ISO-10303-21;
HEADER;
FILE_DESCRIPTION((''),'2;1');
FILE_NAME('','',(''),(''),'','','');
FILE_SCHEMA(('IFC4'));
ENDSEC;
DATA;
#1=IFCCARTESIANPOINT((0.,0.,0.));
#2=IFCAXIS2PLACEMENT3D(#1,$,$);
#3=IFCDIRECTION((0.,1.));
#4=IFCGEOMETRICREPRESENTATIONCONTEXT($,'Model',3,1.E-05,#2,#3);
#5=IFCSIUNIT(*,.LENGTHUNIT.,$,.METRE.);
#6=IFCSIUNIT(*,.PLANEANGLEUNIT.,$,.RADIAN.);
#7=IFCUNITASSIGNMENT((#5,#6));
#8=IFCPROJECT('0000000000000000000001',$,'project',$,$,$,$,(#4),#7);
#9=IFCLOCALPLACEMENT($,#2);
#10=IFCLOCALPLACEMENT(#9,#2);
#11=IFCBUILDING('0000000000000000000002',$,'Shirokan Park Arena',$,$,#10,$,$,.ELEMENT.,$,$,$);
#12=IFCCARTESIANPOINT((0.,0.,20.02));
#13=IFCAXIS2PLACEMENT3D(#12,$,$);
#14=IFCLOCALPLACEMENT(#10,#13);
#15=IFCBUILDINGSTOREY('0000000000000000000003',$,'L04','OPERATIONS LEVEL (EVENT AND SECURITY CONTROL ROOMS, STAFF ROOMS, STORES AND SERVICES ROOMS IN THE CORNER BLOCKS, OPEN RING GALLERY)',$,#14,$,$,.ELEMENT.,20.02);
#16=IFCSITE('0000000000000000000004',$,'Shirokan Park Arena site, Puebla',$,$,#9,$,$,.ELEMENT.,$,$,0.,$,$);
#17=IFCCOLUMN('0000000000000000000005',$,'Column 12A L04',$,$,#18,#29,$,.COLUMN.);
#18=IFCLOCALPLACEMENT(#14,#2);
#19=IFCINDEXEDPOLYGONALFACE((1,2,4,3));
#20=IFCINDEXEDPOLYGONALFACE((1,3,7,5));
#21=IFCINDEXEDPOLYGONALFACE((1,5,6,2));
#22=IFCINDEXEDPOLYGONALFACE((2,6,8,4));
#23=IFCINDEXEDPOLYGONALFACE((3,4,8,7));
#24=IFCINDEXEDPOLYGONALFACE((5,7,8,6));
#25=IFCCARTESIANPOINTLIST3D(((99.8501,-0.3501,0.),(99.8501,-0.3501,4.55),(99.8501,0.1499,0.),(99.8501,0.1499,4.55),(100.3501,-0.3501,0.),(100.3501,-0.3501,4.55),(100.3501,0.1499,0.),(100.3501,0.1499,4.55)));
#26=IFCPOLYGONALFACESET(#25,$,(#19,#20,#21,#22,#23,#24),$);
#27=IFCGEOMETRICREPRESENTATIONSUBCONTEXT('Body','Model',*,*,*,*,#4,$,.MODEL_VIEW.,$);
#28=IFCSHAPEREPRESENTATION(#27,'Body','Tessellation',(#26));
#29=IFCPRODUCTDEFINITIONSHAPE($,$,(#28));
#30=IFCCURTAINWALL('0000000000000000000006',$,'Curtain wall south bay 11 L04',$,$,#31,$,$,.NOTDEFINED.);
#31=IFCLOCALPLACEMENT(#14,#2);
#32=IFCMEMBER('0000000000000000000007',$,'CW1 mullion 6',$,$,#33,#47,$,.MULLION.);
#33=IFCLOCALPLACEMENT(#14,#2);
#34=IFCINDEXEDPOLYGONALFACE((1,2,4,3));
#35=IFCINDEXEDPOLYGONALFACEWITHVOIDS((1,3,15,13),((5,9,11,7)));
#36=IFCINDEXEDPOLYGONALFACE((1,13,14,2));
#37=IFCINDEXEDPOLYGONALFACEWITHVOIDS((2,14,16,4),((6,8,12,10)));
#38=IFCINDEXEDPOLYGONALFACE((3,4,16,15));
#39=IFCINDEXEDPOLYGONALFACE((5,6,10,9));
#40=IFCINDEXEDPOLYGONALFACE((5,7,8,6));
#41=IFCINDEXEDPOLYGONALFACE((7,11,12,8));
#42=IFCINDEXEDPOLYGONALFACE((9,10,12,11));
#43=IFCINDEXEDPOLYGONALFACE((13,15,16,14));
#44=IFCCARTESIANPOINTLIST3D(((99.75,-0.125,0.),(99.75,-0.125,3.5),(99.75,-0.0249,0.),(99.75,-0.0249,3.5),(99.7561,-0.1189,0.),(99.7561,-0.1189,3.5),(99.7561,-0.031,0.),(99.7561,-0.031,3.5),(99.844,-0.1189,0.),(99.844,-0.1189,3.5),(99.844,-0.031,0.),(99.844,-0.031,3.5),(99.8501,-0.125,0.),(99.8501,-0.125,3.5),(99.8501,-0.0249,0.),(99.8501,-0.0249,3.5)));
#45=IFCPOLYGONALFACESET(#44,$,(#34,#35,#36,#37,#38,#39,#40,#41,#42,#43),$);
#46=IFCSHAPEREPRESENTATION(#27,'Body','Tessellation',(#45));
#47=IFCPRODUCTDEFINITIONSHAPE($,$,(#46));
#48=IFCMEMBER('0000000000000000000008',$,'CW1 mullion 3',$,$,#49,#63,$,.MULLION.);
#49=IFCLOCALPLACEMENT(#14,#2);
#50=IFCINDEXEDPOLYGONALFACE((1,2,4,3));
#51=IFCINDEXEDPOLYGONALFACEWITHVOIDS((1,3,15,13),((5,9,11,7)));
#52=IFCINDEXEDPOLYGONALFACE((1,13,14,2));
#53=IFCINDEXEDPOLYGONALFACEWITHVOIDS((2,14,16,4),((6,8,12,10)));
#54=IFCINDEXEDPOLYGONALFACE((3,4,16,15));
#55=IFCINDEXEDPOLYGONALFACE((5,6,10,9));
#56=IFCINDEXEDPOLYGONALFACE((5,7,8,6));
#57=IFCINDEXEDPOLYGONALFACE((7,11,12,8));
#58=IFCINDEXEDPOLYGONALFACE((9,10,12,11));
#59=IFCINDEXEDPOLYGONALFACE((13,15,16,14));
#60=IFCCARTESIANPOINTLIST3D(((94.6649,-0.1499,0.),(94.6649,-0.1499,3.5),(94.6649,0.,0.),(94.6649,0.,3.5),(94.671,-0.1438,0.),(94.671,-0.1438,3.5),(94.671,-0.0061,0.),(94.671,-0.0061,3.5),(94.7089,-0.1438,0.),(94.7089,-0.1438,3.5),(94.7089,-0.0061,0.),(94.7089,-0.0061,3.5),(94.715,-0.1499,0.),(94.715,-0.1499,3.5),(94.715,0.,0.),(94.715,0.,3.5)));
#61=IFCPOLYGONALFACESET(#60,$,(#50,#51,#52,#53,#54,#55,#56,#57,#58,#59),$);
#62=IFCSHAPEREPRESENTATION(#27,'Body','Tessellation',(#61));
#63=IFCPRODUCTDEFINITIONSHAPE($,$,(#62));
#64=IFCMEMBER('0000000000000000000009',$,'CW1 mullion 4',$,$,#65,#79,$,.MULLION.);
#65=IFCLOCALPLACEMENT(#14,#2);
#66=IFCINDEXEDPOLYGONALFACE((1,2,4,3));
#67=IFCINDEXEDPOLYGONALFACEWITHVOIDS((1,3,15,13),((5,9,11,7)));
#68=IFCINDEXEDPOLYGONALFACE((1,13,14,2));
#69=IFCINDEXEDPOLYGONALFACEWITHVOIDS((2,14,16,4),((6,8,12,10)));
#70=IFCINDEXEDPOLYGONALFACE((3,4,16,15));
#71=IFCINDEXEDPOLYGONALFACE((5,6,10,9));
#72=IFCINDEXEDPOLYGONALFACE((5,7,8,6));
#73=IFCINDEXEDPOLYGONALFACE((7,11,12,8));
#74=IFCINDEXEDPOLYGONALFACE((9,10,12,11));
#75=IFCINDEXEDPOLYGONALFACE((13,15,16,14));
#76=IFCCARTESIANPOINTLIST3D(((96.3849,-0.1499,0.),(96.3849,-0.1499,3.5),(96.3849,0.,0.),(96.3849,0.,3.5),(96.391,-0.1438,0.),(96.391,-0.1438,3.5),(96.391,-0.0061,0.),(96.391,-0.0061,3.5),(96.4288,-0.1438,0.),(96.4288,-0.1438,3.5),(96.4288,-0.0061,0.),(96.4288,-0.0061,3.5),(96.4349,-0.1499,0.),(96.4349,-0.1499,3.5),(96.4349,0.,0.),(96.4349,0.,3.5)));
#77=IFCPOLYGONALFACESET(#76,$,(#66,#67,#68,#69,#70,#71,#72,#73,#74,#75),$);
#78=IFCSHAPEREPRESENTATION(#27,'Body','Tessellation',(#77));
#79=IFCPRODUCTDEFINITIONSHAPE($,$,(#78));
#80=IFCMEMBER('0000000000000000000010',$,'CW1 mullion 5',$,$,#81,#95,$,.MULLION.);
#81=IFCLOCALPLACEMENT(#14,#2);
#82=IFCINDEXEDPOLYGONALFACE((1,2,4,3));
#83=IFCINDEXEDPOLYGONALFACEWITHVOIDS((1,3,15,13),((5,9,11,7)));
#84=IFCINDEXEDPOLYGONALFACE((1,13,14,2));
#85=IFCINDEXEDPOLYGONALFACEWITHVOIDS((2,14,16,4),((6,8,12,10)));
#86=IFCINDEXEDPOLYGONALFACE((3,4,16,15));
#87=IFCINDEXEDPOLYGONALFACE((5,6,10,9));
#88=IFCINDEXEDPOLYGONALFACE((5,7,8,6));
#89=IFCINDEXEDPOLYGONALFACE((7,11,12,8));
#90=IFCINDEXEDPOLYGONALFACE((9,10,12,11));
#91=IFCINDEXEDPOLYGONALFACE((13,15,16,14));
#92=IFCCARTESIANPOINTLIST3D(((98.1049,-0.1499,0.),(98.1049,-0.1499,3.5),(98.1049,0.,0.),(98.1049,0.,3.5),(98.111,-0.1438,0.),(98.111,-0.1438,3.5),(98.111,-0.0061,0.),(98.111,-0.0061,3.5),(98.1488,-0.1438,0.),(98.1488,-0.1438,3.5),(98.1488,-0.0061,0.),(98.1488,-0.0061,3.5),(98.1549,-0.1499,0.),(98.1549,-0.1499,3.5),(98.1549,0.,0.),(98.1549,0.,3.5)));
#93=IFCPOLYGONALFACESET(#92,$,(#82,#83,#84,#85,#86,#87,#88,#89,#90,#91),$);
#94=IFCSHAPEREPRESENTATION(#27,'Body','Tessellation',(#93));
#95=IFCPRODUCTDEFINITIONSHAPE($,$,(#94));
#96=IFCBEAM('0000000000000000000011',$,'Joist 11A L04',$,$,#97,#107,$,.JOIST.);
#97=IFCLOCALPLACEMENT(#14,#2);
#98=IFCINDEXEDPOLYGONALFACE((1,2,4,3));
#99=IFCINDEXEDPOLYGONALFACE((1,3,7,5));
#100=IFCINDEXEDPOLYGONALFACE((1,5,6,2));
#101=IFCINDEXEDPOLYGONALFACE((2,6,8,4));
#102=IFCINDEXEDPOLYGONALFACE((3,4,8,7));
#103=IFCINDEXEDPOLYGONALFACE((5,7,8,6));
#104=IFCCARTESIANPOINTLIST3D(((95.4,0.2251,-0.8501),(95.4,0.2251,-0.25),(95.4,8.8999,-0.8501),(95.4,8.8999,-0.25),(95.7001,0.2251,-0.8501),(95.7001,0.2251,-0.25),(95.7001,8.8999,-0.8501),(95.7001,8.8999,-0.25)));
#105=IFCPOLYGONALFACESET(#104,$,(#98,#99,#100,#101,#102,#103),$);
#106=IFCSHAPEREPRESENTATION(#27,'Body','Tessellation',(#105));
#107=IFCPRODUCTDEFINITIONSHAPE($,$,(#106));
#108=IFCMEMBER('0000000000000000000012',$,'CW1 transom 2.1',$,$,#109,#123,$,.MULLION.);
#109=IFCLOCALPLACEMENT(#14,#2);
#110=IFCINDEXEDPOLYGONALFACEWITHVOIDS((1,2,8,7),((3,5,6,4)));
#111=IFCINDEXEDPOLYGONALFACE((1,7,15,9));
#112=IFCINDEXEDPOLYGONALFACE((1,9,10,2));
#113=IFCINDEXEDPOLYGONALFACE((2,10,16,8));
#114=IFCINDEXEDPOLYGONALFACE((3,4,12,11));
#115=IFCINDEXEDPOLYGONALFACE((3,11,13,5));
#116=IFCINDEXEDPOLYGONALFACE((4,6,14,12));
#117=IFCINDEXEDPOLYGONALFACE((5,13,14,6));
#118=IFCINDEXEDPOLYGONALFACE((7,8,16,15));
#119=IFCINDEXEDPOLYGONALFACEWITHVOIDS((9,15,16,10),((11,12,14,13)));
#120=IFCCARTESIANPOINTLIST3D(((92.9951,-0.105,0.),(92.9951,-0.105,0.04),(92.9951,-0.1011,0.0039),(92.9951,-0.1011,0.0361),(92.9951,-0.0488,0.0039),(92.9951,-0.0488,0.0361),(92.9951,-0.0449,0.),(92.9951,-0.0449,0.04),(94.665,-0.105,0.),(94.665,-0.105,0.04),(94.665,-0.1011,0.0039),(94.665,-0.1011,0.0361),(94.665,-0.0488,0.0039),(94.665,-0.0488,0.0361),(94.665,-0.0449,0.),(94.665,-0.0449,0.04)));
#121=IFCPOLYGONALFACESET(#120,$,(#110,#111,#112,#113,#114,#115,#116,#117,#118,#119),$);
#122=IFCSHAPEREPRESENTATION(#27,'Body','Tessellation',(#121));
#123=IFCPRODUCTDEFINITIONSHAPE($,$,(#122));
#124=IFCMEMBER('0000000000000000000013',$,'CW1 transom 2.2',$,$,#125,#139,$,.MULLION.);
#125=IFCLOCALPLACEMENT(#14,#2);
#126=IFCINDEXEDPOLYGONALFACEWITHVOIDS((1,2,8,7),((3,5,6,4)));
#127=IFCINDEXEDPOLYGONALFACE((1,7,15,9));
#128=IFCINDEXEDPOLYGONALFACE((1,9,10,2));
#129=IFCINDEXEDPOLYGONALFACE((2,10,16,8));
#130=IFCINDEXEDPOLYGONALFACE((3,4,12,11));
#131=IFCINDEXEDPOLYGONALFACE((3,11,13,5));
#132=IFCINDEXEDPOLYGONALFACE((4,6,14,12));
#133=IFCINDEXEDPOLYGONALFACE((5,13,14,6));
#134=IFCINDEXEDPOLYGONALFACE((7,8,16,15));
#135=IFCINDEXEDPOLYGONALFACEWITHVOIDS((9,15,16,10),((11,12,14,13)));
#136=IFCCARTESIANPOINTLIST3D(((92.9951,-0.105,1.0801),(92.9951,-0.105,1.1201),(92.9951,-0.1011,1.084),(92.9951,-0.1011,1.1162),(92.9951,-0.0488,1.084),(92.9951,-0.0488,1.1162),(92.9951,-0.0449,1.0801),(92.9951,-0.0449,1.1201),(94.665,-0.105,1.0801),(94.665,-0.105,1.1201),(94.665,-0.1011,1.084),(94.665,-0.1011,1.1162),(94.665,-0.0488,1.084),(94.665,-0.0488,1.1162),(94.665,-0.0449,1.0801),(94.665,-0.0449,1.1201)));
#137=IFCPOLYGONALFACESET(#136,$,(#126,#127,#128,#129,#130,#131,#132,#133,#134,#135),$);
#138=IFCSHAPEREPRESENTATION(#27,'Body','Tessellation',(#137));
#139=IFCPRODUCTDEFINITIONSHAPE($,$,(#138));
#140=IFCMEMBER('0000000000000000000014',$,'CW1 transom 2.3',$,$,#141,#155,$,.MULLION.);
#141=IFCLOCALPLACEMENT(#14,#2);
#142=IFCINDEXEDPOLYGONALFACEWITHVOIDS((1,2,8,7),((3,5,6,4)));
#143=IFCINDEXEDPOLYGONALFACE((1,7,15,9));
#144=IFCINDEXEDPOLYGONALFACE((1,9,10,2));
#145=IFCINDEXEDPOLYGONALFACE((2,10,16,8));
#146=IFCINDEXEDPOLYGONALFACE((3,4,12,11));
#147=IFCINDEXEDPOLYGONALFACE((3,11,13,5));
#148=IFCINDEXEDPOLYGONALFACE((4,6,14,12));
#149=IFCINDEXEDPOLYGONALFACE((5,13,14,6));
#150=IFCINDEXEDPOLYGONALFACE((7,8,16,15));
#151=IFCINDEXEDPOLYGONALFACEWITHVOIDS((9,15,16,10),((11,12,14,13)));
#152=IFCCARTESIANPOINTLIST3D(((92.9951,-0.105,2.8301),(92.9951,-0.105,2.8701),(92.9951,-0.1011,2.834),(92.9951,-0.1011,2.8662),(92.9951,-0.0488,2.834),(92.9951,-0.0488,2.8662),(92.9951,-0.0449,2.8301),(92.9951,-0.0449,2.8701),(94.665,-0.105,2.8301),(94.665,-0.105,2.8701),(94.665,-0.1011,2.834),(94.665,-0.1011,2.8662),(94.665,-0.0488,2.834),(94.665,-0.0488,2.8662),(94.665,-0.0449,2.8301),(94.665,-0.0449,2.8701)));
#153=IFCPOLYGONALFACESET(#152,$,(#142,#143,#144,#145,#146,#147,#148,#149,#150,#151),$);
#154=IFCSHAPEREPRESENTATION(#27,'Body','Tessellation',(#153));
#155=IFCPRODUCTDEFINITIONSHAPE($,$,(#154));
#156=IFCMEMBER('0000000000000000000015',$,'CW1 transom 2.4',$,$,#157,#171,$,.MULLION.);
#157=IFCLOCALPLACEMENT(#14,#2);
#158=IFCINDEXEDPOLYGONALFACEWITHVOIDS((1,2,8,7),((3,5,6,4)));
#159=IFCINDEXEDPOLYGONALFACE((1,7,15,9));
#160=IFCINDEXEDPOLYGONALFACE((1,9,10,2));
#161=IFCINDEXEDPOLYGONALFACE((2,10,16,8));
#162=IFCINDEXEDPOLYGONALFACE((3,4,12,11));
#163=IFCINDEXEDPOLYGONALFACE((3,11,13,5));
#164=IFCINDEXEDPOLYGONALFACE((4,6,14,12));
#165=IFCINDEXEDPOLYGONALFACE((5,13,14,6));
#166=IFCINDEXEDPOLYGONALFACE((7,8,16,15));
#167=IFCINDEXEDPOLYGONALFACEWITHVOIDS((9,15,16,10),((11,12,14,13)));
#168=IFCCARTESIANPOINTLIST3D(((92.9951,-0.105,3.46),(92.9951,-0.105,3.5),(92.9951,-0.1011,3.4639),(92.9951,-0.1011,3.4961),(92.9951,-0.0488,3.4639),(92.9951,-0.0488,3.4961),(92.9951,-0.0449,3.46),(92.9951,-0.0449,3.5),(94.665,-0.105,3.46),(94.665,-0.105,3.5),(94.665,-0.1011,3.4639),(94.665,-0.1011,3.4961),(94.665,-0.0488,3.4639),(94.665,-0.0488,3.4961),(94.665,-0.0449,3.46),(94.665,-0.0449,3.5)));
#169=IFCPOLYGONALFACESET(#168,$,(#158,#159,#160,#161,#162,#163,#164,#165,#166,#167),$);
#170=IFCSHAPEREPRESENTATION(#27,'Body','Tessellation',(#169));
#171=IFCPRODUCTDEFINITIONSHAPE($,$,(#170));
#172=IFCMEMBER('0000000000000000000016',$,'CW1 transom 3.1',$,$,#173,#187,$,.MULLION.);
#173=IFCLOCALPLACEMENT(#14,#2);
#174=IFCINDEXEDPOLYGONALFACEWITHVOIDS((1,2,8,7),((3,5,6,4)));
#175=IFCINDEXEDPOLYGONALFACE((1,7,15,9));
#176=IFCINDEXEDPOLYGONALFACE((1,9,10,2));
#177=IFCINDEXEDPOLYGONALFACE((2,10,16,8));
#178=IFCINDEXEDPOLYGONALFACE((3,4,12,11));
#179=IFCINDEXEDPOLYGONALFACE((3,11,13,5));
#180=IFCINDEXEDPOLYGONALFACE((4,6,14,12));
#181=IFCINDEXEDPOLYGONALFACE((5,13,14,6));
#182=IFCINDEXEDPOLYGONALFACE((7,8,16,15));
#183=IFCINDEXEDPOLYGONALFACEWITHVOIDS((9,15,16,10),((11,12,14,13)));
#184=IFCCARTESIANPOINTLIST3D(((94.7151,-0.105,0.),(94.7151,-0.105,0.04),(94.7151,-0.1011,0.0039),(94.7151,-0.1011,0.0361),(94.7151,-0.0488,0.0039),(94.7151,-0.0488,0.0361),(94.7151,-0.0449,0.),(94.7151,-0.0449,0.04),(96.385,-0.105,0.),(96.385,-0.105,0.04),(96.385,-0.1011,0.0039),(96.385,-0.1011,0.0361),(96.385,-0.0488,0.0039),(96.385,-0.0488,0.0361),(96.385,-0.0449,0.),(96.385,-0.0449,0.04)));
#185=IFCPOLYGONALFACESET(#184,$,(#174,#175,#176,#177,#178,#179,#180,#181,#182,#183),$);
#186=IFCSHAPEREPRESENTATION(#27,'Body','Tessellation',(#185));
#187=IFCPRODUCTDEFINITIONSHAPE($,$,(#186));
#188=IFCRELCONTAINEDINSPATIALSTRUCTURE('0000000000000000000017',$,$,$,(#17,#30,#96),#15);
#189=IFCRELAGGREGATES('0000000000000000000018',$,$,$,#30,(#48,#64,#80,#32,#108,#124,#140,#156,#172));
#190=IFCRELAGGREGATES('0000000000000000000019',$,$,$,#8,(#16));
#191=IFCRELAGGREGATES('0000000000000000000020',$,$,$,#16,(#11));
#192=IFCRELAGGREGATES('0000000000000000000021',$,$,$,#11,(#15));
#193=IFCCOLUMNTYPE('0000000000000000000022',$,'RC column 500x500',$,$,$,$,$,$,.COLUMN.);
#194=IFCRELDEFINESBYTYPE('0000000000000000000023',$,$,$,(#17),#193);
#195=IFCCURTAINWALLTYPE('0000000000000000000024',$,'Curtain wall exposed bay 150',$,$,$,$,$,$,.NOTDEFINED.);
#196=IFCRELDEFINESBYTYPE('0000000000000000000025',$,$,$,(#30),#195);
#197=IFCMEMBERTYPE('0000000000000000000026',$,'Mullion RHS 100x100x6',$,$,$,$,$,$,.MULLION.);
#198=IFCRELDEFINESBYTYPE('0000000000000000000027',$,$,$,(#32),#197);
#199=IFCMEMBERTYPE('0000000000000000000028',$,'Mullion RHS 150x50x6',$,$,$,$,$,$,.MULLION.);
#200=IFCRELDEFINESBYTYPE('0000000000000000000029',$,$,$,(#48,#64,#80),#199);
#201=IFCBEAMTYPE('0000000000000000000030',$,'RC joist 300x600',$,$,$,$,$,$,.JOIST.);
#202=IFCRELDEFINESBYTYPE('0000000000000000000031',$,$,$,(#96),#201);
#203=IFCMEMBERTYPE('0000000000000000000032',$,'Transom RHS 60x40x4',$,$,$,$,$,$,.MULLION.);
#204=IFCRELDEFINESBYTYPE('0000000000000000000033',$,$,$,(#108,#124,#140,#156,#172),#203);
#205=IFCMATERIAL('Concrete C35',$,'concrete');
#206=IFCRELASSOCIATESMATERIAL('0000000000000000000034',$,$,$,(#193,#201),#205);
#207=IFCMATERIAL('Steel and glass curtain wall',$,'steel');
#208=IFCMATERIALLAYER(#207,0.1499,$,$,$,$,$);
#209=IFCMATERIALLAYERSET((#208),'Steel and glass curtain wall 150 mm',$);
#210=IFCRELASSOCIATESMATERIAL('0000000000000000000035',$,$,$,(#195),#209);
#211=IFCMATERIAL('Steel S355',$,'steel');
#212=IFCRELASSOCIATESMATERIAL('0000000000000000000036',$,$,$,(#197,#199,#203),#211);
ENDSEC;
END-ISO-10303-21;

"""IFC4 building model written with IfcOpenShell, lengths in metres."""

from ifc_helpers import new_model, si_unit, direction, frame, origin, origin_2d, place, context, subcontext, project, spatial, rectangle, hollow_rectangle, extrude, material, layer, layer_set, material_profile, profile_set, type_object, element, aggregate, save


model = new_model("IFC4")

# Units and contexts
model_context = context("Model", 3, precision=1e-05, world=origin(), true_north=direction((0.0, 1.0)))
body_context = subcontext(model_context, "Body", "Model", "MODEL_VIEW")
ifc_project = project(units=[si_unit("LENGTHUNIT", "METRE"), si_unit("PLANEANGLEUNIT", "RADIAN")], contexts=[model_context])

# Site, building, storey
site_placement = place(None, origin())
site = spatial("IfcSite", under=ifc_project, at=site_placement, Name="Shirokan Park Arena site, Puebla", CompositionType="ELEMENT", RefElevation=0.0)
building_placement = place(site_placement, origin())
building = spatial("IfcBuilding", under=site, at=building_placement, Name="Shirokan Park Arena", CompositionType="ELEMENT")
storey_placement = place(building_placement, frame((0.0, 0.0, 20.02)))
storey = spatial("IfcBuildingStorey", under=building, at=storey_placement, Name="L04", Description="OPERATIONS LEVEL (EVENT AND SECURITY CONTROL ROOMS, STAFF ROOMS, STORES AND SERVICES ROOMS IN THE CORNER BLOCKS, OPEN RING GALLERY)", CompositionType="ELEMENT", Elevation=20.02)

# Column
ifc_material_1 = material(Name="Concrete C35", Category="concrete")
ifc_material_profile_1 = material_profile(ifc_material_1, rectangle(XDim=0.5, YDim=0.5, at=origin_2d()), Name="500x500")
ifc_profile_set_1 = profile_set([ifc_material_profile_1], Name="Concrete C35")
column_type = type_object("IfcColumnType", Name="RC column 500x500", PredefinedType="COLUMN", material=ifc_profile_set_1)
column_placement = place(storey_placement, frame((100.1001, -0.1001, 0.0), z_axis=(0.0, 0.0, 1.0), x_axis=(1.0, 0.0, 0.0)))
element("IfcColumn", 1, at=column_placement, inside=storey, type_object=column_type, Name="Column 12A L04", PredefinedType="COLUMN", context=body_context, shape_type="SweptSolid", body=[
    extrude(rectangle(XDim=0.5, YDim=0.5, at=origin_2d()), origin(), (0.0, 0.0, 1.0), 4.55),
])

# Curtain wall, members
ifc_material_2 = material(Name="Steel and glass curtain wall", Category="steel")
ifc_layer_1 = layer(ifc_material_2, 0.1499)
ifc_layer_set_1 = layer_set([ifc_layer_1], Name="Steel and glass curtain wall 150 mm")
curtain_wall_type = type_object("IfcCurtainWallType", Name="Curtain wall exposed bay 150", PredefinedType="NOTDEFINED", material=ifc_layer_set_1)
curtain_wall_placement = place(storey_placement, origin())
curtain_wall = element("IfcCurtainWall", 2, at=curtain_wall_placement, inside=storey, type_object=curtain_wall_type, Name="Curtain wall south bay 11 L04", PredefinedType="NOTDEFINED")
ifc_material_3 = material(Name="Steel S355", Category="steel")
ifc_material_profile_2 = material_profile(ifc_material_3, hollow_rectangle(XDim=0.1001, YDim=0.1001, WallThickness=0.0061, at=origin_2d()), Name="RHS 100x100x6")
ifc_profile_set_2 = profile_set([ifc_material_profile_2], Name="Steel S355")
member_type_1 = type_object("IfcMemberType", Name="Mullion RHS 100x100x6", PredefinedType="MULLION", material=ifc_profile_set_2)
member_1_placement = place(storey_placement, frame((99.8, -0.075, 0.0), z_axis=(0.0, 0.0, 1.0), x_axis=(0.0, 1.0, 0.0)))
member_1 = element("IfcMember", 3, at=member_1_placement, type_object=member_type_1, Name="CW1 mullion 6", PredefinedType="MULLION", context=body_context, shape_type="SweptSolid", body=[
    extrude(hollow_rectangle(XDim=0.1001, YDim=0.1001, WallThickness=0.0061, at=origin_2d()), origin(), (0.0, 0.0, 1.0), 3.5),
])
ifc_material_profile_3 = material_profile(ifc_material_3, hollow_rectangle(XDim=0.1499, YDim=0.05, WallThickness=0.0061, at=origin_2d()), Name="RHS 150x50x6")
ifc_profile_set_3 = profile_set([ifc_material_profile_3], Name="Steel S355")
member_type_2 = type_object("IfcMemberType", Name="Mullion RHS 150x50x6", PredefinedType="MULLION", material=ifc_profile_set_3)
member_2_placement = place(storey_placement, frame((94.6899, -0.075, 0.0), z_axis=(0.0, 0.0, 1.0), x_axis=(0.0, 1.0, 0.0)))
member_2 = element("IfcMember", 4, at=member_2_placement, type_object=member_type_2, Name="CW1 mullion 3", PredefinedType="MULLION", context=body_context, shape_type="SweptSolid", body=[
    extrude(hollow_rectangle(XDim=0.1499, YDim=0.05, WallThickness=0.0061, at=origin_2d()), origin(), (0.0, 0.0, 1.0), 3.5),
])
member_3_placement = place(storey_placement, frame((96.4099, -0.075, 0.0), z_axis=(0.0, 0.0, 1.0), x_axis=(0.0, 1.0, 0.0)))
member_3 = element("IfcMember", 5, at=member_3_placement, type_object=member_type_2, Name="CW1 mullion 4", PredefinedType="MULLION", context=body_context, shape_type="SweptSolid", body=[
    extrude(hollow_rectangle(XDim=0.1499, YDim=0.05, WallThickness=0.0061, at=origin_2d()), origin(), (0.0, 0.0, 1.0), 3.5),
])
member_4_placement = place(storey_placement, frame((98.1299, -0.075, 0.0), z_axis=(0.0, 0.0, 1.0), x_axis=(0.0, 1.0, 0.0)))
member_4 = element("IfcMember", 6, at=member_4_placement, type_object=member_type_2, Name="CW1 mullion 5", PredefinedType="MULLION", context=body_context, shape_type="SweptSolid", body=[
    extrude(hollow_rectangle(XDim=0.1499, YDim=0.05, WallThickness=0.0061, at=origin_2d()), origin(), (0.0, 0.0, 1.0), 3.5),
])

# Beam
ifc_material_profile_4 = material_profile(ifc_material_1, rectangle(XDim=0.3, YDim=0.6001, at=origin_2d()), Name="300x600")
ifc_profile_set_4 = profile_set([ifc_material_profile_4], Name="Concrete C35")
beam_type = type_object("IfcBeamType", Name="RC joist 300x600", PredefinedType="JOIST", material=ifc_profile_set_4)
beam_placement = place(storey_placement, frame((95.55, 0.2251, -0.55), z_axis=(0.0, 1.0, 0.0), x_axis=(-1.0, 0.0, 0.0)))
element("IfcBeam", 7, at=beam_placement, inside=storey, type_object=beam_type, Name="Joist 11A L04", PredefinedType="JOIST", context=body_context, shape_type="SweptSolid", body=[
    extrude(rectangle(XDim=0.3, YDim=0.6001, at=origin_2d()), origin(), (0.0, 0.0, 1.0), 8.6748),
])

# Members
ifc_material_profile_5 = material_profile(ifc_material_3, hollow_rectangle(XDim=0.0601, YDim=0.04, WallThickness=0.0039, at=origin_2d()), Name="RHS 60x40x4")
ifc_profile_set_5 = profile_set([ifc_material_profile_5], Name="Steel S355")
member_type_3 = type_object("IfcMemberType", Name="Transom RHS 60x40x4", PredefinedType="MULLION", material=ifc_profile_set_5)
member_5_placement = place(storey_placement, frame((92.9951, -0.075, 0.02), z_axis=(1.0, 0.0, 0.0), x_axis=(0.0, 1.0, 0.0)))
member_5 = element("IfcMember", 8, at=member_5_placement, type_object=member_type_3, Name="CW1 transom 2.1", PredefinedType="MULLION", context=body_context, shape_type="SweptSolid", body=[
    extrude(hollow_rectangle(XDim=0.0601, YDim=0.04, WallThickness=0.0039, at=origin_2d()), origin(), (0.0, 0.0, 1.0), 1.6699),
])
member_6_placement = place(storey_placement, frame((92.9951, -0.075, 1.1001), z_axis=(1.0, 0.0, 0.0), x_axis=(0.0, 1.0, 0.0)))
member_6 = element("IfcMember", 9, at=member_6_placement, type_object=member_type_3, Name="CW1 transom 2.2", PredefinedType="MULLION", context=body_context, shape_type="SweptSolid", body=[
    extrude(hollow_rectangle(XDim=0.0601, YDim=0.04, WallThickness=0.0039, at=origin_2d()), origin(), (0.0, 0.0, 1.0), 1.6699),
])
member_7_placement = place(storey_placement, frame((92.9951, -0.075, 2.8501), z_axis=(1.0, 0.0, 0.0), x_axis=(0.0, 1.0, 0.0)))
member_7 = element("IfcMember", 10, at=member_7_placement, type_object=member_type_3, Name="CW1 transom 2.3", PredefinedType="MULLION", context=body_context, shape_type="SweptSolid", body=[
    extrude(hollow_rectangle(XDim=0.0601, YDim=0.04, WallThickness=0.0039, at=origin_2d()), origin(), (0.0, 0.0, 1.0), 1.6699),
])
member_8_placement = place(storey_placement, frame((92.9951, -0.075, 3.48), z_axis=(1.0, 0.0, 0.0), x_axis=(0.0, 1.0, 0.0)))
member_8 = element("IfcMember", 11, at=member_8_placement, type_object=member_type_3, Name="CW1 transom 2.4", PredefinedType="MULLION", context=body_context, shape_type="SweptSolid", body=[
    extrude(hollow_rectangle(XDim=0.0601, YDim=0.04, WallThickness=0.0039, at=origin_2d()), origin(), (0.0, 0.0, 1.0), 1.6699),
])
member_9_placement = place(storey_placement, frame((94.7151, -0.075, 0.02), z_axis=(1.0, 0.0, 0.0), x_axis=(0.0, 1.0, 0.0)))
member_9 = element("IfcMember", 12, at=member_9_placement, type_object=member_type_3, Name="CW1 transom 3.1", PredefinedType="MULLION", context=body_context, shape_type="SweptSolid", body=[
    extrude(hollow_rectangle(XDim=0.0601, YDim=0.04, WallThickness=0.0039, at=origin_2d()), origin(), (0.0, 0.0, 1.0), 1.6699),
])

aggregate(curtain_wall, [member_2, member_3, member_4, member_1, member_5, member_6, member_7, member_8, member_9])

save(model, "model.ifc")
